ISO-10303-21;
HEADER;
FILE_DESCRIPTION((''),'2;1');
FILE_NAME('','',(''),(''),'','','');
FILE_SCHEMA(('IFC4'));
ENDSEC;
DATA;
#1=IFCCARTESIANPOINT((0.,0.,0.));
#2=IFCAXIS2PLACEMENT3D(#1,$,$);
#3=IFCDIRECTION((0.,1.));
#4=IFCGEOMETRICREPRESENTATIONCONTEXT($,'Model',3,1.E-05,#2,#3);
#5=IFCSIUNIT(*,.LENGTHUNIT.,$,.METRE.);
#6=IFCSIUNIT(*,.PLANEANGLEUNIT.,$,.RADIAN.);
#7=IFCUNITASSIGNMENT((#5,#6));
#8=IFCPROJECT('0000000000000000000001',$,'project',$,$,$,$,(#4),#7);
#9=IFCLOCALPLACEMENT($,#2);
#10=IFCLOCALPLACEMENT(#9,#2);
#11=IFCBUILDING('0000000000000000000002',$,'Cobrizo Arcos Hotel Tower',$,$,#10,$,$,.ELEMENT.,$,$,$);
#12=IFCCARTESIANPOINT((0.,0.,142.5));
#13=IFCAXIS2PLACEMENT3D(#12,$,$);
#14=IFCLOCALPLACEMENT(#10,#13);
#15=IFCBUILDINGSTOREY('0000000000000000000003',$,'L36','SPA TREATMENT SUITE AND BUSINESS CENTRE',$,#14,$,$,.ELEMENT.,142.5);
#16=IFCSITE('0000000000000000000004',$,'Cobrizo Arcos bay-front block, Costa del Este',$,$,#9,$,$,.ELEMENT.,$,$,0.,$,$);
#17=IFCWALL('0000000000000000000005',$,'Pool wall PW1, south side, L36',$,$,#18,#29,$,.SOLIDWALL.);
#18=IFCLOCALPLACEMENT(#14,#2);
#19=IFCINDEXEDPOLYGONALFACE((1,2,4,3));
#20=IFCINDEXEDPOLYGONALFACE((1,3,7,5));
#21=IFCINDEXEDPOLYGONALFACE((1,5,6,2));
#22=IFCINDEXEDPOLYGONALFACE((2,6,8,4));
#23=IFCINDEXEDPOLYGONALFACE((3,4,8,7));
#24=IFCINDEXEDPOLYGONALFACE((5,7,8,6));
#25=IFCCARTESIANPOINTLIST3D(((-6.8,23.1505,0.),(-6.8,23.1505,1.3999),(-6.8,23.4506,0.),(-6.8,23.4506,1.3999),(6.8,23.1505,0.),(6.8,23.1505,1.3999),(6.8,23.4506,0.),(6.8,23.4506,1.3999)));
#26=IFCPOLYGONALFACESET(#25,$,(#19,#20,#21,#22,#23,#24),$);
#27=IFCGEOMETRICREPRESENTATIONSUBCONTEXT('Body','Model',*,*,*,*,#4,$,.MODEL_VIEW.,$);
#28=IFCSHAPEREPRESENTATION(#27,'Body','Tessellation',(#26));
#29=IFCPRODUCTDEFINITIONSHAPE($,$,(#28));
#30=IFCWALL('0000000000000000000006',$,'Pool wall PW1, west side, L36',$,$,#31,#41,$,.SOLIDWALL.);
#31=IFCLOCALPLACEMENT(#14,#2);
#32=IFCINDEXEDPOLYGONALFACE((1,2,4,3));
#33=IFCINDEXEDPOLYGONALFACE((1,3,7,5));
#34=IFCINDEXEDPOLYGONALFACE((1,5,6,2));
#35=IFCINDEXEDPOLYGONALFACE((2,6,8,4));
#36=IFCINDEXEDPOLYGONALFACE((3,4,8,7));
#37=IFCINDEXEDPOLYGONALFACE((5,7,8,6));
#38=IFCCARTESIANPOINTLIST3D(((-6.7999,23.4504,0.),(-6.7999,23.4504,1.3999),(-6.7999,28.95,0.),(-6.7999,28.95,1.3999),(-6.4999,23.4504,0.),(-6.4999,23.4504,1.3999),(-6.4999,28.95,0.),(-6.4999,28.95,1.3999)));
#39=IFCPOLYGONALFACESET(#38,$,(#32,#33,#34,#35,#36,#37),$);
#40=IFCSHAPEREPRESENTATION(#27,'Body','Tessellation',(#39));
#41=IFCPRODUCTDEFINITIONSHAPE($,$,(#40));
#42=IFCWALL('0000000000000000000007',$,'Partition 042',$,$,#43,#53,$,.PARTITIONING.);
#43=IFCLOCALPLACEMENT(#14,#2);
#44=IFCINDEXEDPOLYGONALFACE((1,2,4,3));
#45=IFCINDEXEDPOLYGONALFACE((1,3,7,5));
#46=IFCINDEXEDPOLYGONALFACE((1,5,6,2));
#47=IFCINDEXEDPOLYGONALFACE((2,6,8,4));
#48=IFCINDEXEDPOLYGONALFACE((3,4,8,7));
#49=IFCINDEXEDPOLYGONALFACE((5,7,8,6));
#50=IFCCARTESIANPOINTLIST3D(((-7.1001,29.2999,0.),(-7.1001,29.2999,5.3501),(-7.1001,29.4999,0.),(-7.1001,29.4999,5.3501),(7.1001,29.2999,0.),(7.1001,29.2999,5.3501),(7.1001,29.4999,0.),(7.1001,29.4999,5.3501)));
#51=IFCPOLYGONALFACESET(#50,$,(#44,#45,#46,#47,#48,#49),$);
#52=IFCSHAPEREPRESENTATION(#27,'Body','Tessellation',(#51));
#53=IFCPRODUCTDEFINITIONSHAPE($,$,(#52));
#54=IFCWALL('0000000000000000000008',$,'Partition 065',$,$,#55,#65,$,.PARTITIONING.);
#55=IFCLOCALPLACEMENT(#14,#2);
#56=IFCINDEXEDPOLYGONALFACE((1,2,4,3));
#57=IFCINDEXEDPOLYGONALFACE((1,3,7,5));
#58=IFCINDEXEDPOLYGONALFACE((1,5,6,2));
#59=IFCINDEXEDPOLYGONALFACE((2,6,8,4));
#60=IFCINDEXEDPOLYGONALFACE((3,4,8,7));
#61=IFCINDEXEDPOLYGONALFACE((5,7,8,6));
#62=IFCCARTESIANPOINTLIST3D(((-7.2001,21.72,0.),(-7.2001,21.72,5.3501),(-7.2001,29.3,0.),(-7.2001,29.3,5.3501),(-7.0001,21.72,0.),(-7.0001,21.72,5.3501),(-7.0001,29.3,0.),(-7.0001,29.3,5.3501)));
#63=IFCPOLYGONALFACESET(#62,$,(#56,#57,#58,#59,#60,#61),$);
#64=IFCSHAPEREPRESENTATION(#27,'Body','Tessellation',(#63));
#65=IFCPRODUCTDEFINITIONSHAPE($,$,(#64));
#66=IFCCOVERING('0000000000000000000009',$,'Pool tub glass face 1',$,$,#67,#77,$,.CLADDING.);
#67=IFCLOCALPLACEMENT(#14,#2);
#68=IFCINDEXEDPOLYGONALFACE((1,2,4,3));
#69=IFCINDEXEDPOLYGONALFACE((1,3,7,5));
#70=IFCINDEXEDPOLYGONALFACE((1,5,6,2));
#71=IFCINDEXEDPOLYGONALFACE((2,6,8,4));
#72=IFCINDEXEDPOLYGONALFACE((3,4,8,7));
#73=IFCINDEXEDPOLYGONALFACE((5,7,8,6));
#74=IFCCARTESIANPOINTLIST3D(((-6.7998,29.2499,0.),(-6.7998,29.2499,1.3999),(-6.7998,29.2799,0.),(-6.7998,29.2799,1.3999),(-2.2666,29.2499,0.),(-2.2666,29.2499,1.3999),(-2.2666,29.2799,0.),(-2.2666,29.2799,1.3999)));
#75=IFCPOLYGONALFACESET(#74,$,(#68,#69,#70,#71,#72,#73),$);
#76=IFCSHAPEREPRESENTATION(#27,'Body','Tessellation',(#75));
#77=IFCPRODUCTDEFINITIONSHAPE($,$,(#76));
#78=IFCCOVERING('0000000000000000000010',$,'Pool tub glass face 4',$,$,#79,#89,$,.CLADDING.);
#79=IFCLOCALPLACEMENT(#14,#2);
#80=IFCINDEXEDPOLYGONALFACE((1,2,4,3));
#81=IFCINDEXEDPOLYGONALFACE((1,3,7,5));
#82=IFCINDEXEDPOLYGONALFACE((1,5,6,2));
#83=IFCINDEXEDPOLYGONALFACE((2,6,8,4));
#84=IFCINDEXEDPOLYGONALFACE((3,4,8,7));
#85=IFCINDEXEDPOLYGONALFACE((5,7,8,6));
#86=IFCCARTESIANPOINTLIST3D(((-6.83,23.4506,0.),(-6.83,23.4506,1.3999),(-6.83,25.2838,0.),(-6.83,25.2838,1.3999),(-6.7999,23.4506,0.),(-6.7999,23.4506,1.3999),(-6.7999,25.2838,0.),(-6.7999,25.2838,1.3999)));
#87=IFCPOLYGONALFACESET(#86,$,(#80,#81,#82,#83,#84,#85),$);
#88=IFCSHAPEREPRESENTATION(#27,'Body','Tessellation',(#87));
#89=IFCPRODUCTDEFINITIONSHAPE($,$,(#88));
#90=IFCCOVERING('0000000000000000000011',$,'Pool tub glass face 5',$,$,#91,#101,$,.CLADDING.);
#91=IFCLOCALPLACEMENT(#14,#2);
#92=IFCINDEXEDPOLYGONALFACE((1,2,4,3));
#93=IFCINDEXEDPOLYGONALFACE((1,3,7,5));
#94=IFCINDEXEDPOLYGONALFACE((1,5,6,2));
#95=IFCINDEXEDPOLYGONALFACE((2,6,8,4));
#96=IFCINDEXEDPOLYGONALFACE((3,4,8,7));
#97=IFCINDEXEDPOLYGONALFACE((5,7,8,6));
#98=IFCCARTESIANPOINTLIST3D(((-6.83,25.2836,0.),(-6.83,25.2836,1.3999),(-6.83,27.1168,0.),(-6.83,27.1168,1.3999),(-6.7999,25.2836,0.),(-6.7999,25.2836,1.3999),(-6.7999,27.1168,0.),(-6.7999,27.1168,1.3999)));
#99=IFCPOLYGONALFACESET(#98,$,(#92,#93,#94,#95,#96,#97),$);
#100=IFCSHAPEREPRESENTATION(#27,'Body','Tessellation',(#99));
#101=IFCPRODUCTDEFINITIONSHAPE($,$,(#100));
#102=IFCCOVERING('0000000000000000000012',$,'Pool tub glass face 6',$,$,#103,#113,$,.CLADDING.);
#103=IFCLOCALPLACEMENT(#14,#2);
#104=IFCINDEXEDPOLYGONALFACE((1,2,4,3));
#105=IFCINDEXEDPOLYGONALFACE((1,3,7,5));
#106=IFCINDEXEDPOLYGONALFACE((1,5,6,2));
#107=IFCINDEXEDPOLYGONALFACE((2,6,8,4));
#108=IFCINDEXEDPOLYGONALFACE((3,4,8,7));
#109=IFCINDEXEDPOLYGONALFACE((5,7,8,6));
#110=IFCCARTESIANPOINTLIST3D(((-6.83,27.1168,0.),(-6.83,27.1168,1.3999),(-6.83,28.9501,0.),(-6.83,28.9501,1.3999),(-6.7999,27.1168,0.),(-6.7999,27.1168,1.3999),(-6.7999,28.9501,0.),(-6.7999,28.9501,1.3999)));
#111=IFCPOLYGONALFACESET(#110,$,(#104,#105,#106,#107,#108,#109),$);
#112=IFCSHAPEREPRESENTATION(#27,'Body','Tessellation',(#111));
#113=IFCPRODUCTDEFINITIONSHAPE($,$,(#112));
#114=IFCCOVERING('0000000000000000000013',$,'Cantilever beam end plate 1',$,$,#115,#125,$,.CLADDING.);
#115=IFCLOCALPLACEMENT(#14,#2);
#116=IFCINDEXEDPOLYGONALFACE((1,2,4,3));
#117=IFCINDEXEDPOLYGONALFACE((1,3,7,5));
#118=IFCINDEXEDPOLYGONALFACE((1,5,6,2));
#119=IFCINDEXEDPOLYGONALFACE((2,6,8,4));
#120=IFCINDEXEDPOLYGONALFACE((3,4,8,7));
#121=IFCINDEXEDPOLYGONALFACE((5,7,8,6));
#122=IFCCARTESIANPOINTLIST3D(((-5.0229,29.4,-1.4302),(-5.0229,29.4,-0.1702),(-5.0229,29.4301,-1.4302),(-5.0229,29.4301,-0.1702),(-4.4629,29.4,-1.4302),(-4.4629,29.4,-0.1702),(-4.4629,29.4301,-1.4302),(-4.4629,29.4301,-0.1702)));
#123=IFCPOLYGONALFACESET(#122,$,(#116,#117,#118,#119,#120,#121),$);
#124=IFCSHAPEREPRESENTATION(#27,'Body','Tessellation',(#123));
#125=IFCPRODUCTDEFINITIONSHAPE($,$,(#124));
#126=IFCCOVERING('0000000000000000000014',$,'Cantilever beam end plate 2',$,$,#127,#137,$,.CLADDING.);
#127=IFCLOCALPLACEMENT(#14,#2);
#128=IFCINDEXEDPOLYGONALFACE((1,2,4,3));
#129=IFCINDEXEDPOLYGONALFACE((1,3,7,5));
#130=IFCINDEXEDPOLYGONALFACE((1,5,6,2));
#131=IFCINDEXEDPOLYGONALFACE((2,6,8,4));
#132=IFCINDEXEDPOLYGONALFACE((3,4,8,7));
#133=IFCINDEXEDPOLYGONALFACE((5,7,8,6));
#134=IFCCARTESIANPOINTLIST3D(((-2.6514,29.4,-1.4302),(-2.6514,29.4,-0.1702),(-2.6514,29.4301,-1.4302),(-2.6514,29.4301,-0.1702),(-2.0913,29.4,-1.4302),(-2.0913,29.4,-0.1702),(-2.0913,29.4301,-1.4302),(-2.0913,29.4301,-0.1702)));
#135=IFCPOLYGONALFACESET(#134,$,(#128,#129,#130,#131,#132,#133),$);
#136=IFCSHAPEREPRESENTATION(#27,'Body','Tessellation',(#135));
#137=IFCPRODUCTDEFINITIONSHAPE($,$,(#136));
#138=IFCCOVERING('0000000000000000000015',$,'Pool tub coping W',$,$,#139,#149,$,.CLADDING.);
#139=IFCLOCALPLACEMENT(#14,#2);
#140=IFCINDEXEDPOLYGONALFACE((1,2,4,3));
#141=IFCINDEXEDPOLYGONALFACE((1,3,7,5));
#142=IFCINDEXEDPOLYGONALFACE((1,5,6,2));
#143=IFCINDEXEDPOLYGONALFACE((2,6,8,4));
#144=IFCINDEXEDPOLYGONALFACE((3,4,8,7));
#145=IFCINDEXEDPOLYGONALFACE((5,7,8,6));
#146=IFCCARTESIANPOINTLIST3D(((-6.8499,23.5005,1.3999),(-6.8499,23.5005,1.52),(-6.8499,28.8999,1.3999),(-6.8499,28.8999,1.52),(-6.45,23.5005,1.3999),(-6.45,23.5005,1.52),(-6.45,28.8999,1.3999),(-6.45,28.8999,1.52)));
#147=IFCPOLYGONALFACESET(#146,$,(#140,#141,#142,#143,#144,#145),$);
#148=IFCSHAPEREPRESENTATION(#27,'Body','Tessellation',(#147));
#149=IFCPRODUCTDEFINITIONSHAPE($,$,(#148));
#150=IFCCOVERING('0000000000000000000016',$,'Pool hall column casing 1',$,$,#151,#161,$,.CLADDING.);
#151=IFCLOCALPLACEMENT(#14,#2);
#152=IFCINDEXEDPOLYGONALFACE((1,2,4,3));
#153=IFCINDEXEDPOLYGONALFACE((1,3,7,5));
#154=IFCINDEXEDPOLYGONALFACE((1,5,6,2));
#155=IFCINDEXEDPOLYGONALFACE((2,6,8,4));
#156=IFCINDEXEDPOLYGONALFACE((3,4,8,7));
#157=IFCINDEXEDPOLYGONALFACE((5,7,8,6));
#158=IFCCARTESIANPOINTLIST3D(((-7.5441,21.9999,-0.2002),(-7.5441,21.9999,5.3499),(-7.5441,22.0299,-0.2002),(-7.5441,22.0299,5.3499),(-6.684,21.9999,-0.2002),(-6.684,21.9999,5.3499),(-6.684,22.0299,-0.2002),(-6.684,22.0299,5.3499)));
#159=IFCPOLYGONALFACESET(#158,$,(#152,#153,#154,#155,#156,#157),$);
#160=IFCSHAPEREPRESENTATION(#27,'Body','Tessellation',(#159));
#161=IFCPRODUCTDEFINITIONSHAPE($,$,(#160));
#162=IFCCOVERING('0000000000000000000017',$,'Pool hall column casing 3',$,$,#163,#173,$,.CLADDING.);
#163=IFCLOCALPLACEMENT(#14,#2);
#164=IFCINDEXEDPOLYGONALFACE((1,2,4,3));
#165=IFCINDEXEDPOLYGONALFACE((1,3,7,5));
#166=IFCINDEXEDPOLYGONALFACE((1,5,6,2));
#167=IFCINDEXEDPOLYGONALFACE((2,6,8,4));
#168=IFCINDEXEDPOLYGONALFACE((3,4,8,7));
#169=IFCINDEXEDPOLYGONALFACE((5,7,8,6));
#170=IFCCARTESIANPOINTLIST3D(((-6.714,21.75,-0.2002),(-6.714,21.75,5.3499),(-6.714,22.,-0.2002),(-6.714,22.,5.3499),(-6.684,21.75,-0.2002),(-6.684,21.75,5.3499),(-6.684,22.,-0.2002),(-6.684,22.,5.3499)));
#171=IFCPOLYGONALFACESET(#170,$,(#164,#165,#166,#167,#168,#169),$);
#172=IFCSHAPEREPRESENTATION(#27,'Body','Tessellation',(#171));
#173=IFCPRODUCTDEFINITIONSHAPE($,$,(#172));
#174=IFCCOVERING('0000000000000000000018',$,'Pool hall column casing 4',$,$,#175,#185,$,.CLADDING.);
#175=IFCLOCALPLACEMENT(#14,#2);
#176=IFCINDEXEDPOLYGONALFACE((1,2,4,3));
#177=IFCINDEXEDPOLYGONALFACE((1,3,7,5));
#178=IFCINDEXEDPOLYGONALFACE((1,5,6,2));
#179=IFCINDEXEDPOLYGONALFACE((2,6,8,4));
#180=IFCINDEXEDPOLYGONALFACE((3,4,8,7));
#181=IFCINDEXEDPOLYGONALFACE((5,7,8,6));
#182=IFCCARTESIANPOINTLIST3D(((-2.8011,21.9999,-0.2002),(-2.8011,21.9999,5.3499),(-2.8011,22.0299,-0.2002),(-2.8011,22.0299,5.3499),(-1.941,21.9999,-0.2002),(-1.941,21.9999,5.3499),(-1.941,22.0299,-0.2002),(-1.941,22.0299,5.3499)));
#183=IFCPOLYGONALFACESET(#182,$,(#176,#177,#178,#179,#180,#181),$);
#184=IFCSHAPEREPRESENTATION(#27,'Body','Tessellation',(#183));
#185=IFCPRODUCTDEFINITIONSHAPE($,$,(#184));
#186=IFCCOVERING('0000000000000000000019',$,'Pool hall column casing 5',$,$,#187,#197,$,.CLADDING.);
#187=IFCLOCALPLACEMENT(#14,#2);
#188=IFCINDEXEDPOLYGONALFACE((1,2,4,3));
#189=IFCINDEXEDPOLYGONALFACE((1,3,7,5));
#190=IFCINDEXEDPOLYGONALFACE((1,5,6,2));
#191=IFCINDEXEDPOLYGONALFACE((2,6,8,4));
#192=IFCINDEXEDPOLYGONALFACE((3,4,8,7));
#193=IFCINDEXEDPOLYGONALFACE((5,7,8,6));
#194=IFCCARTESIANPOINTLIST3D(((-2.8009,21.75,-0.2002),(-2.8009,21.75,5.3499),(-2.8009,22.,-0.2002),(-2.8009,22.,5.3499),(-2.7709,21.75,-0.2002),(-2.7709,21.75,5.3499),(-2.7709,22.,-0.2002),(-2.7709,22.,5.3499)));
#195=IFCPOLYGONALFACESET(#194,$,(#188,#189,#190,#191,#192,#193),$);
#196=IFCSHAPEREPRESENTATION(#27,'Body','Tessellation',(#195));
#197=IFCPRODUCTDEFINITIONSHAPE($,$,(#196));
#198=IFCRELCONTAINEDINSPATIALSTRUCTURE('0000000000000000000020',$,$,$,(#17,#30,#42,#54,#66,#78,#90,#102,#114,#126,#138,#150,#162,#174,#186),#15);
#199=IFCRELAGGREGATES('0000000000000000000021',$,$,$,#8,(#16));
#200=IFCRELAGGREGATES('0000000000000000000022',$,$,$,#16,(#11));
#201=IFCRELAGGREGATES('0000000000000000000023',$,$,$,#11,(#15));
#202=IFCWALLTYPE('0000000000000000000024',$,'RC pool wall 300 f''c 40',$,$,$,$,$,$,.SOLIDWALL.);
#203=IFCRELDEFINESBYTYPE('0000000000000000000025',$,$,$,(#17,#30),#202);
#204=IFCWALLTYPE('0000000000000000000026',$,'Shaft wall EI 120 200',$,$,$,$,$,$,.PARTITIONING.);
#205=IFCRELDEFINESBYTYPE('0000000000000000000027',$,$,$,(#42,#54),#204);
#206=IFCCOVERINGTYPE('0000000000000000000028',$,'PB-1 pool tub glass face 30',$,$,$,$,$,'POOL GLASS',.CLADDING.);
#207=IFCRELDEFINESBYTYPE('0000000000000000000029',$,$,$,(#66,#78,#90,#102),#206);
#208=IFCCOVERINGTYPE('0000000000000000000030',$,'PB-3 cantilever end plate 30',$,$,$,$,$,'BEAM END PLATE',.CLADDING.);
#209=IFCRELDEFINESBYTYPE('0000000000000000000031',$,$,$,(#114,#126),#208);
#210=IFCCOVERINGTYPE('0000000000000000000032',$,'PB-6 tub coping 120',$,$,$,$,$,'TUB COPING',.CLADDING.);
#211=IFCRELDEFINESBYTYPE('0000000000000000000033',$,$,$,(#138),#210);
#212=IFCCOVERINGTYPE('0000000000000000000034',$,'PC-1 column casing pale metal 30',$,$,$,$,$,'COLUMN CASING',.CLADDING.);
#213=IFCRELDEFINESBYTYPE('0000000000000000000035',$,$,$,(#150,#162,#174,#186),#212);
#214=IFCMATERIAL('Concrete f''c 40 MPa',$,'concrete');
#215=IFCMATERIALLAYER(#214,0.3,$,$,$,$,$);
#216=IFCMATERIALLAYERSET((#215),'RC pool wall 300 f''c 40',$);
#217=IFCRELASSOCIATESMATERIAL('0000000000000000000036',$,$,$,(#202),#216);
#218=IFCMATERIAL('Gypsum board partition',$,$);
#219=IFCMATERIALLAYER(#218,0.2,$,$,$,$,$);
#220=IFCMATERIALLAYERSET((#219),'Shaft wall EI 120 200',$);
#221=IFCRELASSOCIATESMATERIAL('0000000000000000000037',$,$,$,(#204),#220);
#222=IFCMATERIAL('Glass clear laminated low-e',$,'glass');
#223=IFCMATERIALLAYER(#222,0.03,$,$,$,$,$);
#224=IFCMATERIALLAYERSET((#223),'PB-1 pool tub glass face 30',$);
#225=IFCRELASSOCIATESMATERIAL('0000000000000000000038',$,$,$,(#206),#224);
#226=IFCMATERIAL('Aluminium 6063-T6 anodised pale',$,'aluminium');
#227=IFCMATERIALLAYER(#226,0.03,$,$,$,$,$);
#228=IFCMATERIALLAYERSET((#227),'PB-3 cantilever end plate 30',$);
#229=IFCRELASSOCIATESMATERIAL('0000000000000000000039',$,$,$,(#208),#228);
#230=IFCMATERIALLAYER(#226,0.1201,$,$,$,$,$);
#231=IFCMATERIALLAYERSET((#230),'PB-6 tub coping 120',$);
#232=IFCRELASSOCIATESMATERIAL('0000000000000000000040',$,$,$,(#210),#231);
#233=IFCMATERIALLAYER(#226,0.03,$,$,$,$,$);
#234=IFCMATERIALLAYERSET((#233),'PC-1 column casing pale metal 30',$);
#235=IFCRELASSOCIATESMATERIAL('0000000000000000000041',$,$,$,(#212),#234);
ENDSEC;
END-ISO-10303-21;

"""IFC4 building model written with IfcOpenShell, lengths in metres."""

from ifc_helpers import new_model, si_unit, direction, frame, frame_2d, origin, origin_2d, place, context, subcontext, project, spatial, rectangle, extrude, material, layer, layer_set, type_object, element, save


model = new_model("IFC4")

# Units and contexts
model_context = context("Model", 3, precision=1e-05, world=origin(), true_north=direction((0.0, 1.0)))
body_context = subcontext(model_context, "Body", "Model", "MODEL_VIEW")
ifc_project = project(units=[si_unit("LENGTHUNIT", "METRE"), si_unit("PLANEANGLEUNIT", "RADIAN")], contexts=[model_context])

# Site, building, storey
site_placement = place(None, origin())
site = spatial("IfcSite", under=ifc_project, at=site_placement, Name="Cobrizo Arcos bay-front block, Costa del Este", CompositionType="ELEMENT", RefElevation=0.0)
building_placement = place(site_placement, origin())
building = spatial("IfcBuilding", under=site, at=building_placement, Name="Cobrizo Arcos Hotel Tower", CompositionType="ELEMENT")
storey_placement = place(building_placement, frame((0.0, 0.0, 142.5)))
storey = spatial("IfcBuildingStorey", under=building, at=storey_placement, Name="L36", Description="SPA TREATMENT SUITE AND BUSINESS CENTRE", CompositionType="ELEMENT", Elevation=142.5)

# Shared definitions
ifc_material_1 = material(Name="Glass clear laminated low-e", Category="glass")

# Walls
ifc_material_2 = material(Name="Concrete f'c 40 MPa", Category="concrete")
ifc_layer_1 = layer(ifc_material_2, 0.3)
ifc_layer_set_1 = layer_set([ifc_layer_1], Name="RC pool wall 300 f'c 40")
wall_type_1 = type_object("IfcWallType", Name="RC pool wall 300 f'c 40", PredefinedType="SOLIDWALL", material=ifc_layer_set_1)
for number, where, z_axis, x_axis, name in (
    (1, (-6.8, 23.3005, 0.0), (0.0, 0.0, 1.0), (1.0, 0.0, 0.0), "Pool wall PW1, south side, L36"),
):
    element("IfcWall", number, at=place(storey_placement, frame(where, z_axis=z_axis, x_axis=x_axis)), inside=storey, type_object=wall_type_1, Name=name, PredefinedType="SOLIDWALL", context=body_context, shape_type="SweptSolid", body=[
        extrude(rectangle(XDim=13.6001, YDim=0.3, at=frame_2d((6.8, 0.0))), origin(), (0.0, 0.0, 1.0), 1.3999),
    ])
wall_1_placement = place(storey_placement, frame((-6.6499, 23.4504, 0.0), z_axis=(0.0, 0.0, 1.0), x_axis=(0.0, 1.0, 0.0)))
element("IfcWall", 2, at=wall_1_placement, inside=storey, type_object=wall_type_1, Name="Pool wall PW1, west side, L36", PredefinedType="SOLIDWALL", context=body_context, shape_type="SweptSolid", body=[
    extrude(rectangle(XDim=5.4995, YDim=0.3, at=frame_2d((2.7498, 0.0))), origin(), (0.0, 0.0, 1.0), 1.3999),
])
ifc_material_3 = material(Name="Gypsum board partition")
ifc_layer_2 = layer(ifc_material_3, 0.2)
ifc_layer_set_2 = layer_set([ifc_layer_2], Name="Shaft wall EI 120 200")
wall_type_2 = type_object("IfcWallType", Name="Shaft wall EI 120 200", PredefinedType="PARTITIONING", material=ifc_layer_set_2)
wall_2_placement = place(storey_placement, frame((-7.1001, 29.3999, 0.0), z_axis=(0.0, 0.0, 1.0), x_axis=(1.0, 0.0, 0.0)))
element("IfcWall", 3, at=wall_2_placement, inside=storey, type_object=wall_type_2, Name="Partition 042", PredefinedType="PARTITIONING", context=body_context, shape_type="SweptSolid", body=[
    extrude(rectangle(XDim=14.2002, YDim=0.2, at=frame_2d((7.1001, 0.0))), origin(), (0.0, 0.0, 1.0), 5.3501),
])
wall_3_placement = place(storey_placement, frame((-7.1001, 21.72, 0.0), z_axis=(0.0, 0.0, 1.0), x_axis=(0.0, 1.0, 0.0)))
element("IfcWall", 4, at=wall_3_placement, inside=storey, type_object=wall_type_2, Name="Partition 065", PredefinedType="PARTITIONING", context=body_context, shape_type="SweptSolid", body=[
    extrude(rectangle(XDim=7.5801, YDim=0.2, at=frame_2d((3.79, 0.0))), origin(), (0.0, 0.0, 1.0), 5.3501),
])

# Coverings
ifc_layer_3 = layer(ifc_material_1, 0.03)
ifc_layer_set_3 = layer_set([ifc_layer_3], Name="PB-1 pool tub glass face 30")
covering_type_1 = type_object("IfcCoveringType", Name="PB-1 pool tub glass face 30", ElementType="POOL GLASS", PredefinedType="CLADDING", material=ifc_layer_set_3)
covering_1_placement = place(storey_placement, frame((-4.5332, 29.2649, 0.0), z_axis=(0.0, 0.0, 1.0), x_axis=(1.0, 0.0, 0.0)))
element("IfcCovering", 5, at=covering_1_placement, inside=storey, type_object=covering_type_1, Name="Pool tub glass face 1", PredefinedType="CLADDING", context=body_context, shape_type="SweptSolid", body=[
    extrude(rectangle(XDim=4.5332, YDim=0.03, at=origin_2d()), origin(), (0.0, 0.0, 1.0), 1.3999),
])
for number, where, z_axis, x_axis, name in (
    (6, (-6.8149, 24.3672, 0.0), (0.0, 0.0, 1.0), (1.0, 0.0, 0.0), "Pool tub glass face 4"),
    (7, (-6.8149, 26.2002, 0.0), (0.0, 0.0, 1.0), (1.0, 0.0, 0.0), "Pool tub glass face 5"),
    (8, (-6.8149, 28.0334, 0.0), (0.0, 0.0, 1.0), (1.0, 0.0, 0.0), "Pool tub glass face 6"),
):
    element("IfcCovering", number, at=place(storey_placement, frame(where, z_axis=z_axis, x_axis=x_axis)), inside=storey, type_object=covering_type_1, Name=name, PredefinedType="CLADDING", context=body_context, shape_type="SweptSolid", body=[
        extrude(rectangle(XDim=0.03, YDim=1.8333, at=origin_2d()), origin(), (0.0, 0.0, 1.0), 1.3999),
    ])
ifc_material_4 = material(Name="Aluminium 6063-T6 anodised pale", Category="aluminium")
ifc_layer_4 = layer(ifc_material_4, 0.03)
ifc_layer_set_4 = layer_set([ifc_layer_4], Name="PB-3 cantilever end plate 30")
covering_type_2 = type_object("IfcCoveringType", Name="PB-3 cantilever end plate 30", ElementType="BEAM END PLATE", PredefinedType="CLADDING", material=ifc_layer_set_4)
for number, where, z_axis, x_axis, name in (
    (9, (-4.7429, 29.415, -1.4302), (0.0, 0.0, 1.0), (1.0, 0.0, 0.0), "Cantilever beam end plate 1"),
    (10, (-2.3713, 29.415, -1.4302), (0.0, 0.0, 1.0), (1.0, 0.0, 0.0), "Cantilever beam end plate 2"),
):
    element("IfcCovering", number, at=place(storey_placement, frame(where, z_axis=z_axis, x_axis=x_axis)), inside=storey, type_object=covering_type_2, Name=name, PredefinedType="CLADDING", context=body_context, shape_type="SweptSolid", body=[
        extrude(rectangle(XDim=0.5601, YDim=0.03, at=origin_2d()), origin(), (0.0, 0.0, 1.0), 1.26),
    ])
ifc_layer_5 = layer(ifc_material_4, 0.1201)
ifc_layer_set_5 = layer_set([ifc_layer_5], Name="PB-6 tub coping 120")
covering_type_3 = type_object("IfcCoveringType", Name="PB-6 tub coping 120", ElementType="TUB COPING", PredefinedType="CLADDING", material=ifc_layer_set_5)
covering_2_placement = place(storey_placement, frame((-6.6499, 26.2002, 1.3999), z_axis=(0.0, 0.0, 1.0), x_axis=(1.0, 0.0, 0.0)))
element("IfcCovering", 11, at=covering_2_placement, inside=storey, type_object=covering_type_3, Name="Pool tub coping W", PredefinedType="CLADDING", context=body_context, shape_type="SweptSolid", body=[
    extrude(rectangle(XDim=0.3999, YDim=5.3994, at=origin_2d()), origin(), (0.0, 0.0, 1.0), 0.1201),
])
ifc_layer_6 = layer(ifc_material_4, 0.03)
ifc_layer_set_6 = layer_set([ifc_layer_6], Name="PC-1 column casing pale metal 30")
covering_type_4 = type_object("IfcCoveringType", Name="PC-1 column casing pale metal 30", ElementType="COLUMN CASING", PredefinedType="CLADDING", material=ifc_layer_set_6)
covering_3_placement = place(storey_placement, frame((-7.114, 22.0149, -0.2002), z_axis=(0.0, 0.0, 1.0), x_axis=(1.0, 0.0, 0.0)))
element("IfcCovering", 12, at=covering_3_placement, inside=storey, type_object=covering_type_4, Name="Pool hall column casing 1", PredefinedType="CLADDING", context=body_context, shape_type="SweptSolid", body=[
    extrude(rectangle(XDim=0.8601, YDim=0.03, at=origin_2d()), origin(), (0.0, 0.0, 1.0), 5.55),
])
covering_4_placement = place(storey_placement, frame((-6.699, 21.875, -0.2002), z_axis=(0.0, 0.0, 1.0), x_axis=(1.0, 0.0, 0.0)))
element("IfcCovering", 13, at=covering_4_placement, inside=storey, type_object=covering_type_4, Name="Pool hall column casing 3", PredefinedType="CLADDING", context=body_context, shape_type="SweptSolid", body=[
    extrude(rectangle(XDim=0.03, YDim=0.25, at=origin_2d()), origin(), (0.0, 0.0, 1.0), 5.55),
])
covering_5_placement = place(storey_placement, frame((-2.3711, 22.0149, -0.2002), z_axis=(0.0, 0.0, 1.0), x_axis=(1.0, 0.0, 0.0)))
element("IfcCovering", 14, at=covering_5_placement, inside=storey, type_object=covering_type_4, Name="Pool hall column casing 4", PredefinedType="CLADDING", context=body_context, shape_type="SweptSolid", body=[
    extrude(rectangle(XDim=0.8601, YDim=0.03, at=origin_2d()), origin(), (0.0, 0.0, 1.0), 5.55),
])
for number, where, z_axis, x_axis, name in (
    (15, (-2.7859, 21.875, -0.2002), (0.0, 0.0, 1.0), (1.0, 0.0, 0.0), "Pool hall column casing 5"),
):
    element("IfcCovering", number, at=place(storey_placement, frame(where, z_axis=z_axis, x_axis=x_axis)), inside=storey, type_object=covering_type_4, Name=name, PredefinedType="CLADDING", context=body_context, shape_type="SweptSolid", body=[
        extrude(rectangle(XDim=0.03, YDim=0.25, at=origin_2d()), origin(), (0.0, 0.0, 1.0), 5.55),
    ])

save(model, "model.ifc")
